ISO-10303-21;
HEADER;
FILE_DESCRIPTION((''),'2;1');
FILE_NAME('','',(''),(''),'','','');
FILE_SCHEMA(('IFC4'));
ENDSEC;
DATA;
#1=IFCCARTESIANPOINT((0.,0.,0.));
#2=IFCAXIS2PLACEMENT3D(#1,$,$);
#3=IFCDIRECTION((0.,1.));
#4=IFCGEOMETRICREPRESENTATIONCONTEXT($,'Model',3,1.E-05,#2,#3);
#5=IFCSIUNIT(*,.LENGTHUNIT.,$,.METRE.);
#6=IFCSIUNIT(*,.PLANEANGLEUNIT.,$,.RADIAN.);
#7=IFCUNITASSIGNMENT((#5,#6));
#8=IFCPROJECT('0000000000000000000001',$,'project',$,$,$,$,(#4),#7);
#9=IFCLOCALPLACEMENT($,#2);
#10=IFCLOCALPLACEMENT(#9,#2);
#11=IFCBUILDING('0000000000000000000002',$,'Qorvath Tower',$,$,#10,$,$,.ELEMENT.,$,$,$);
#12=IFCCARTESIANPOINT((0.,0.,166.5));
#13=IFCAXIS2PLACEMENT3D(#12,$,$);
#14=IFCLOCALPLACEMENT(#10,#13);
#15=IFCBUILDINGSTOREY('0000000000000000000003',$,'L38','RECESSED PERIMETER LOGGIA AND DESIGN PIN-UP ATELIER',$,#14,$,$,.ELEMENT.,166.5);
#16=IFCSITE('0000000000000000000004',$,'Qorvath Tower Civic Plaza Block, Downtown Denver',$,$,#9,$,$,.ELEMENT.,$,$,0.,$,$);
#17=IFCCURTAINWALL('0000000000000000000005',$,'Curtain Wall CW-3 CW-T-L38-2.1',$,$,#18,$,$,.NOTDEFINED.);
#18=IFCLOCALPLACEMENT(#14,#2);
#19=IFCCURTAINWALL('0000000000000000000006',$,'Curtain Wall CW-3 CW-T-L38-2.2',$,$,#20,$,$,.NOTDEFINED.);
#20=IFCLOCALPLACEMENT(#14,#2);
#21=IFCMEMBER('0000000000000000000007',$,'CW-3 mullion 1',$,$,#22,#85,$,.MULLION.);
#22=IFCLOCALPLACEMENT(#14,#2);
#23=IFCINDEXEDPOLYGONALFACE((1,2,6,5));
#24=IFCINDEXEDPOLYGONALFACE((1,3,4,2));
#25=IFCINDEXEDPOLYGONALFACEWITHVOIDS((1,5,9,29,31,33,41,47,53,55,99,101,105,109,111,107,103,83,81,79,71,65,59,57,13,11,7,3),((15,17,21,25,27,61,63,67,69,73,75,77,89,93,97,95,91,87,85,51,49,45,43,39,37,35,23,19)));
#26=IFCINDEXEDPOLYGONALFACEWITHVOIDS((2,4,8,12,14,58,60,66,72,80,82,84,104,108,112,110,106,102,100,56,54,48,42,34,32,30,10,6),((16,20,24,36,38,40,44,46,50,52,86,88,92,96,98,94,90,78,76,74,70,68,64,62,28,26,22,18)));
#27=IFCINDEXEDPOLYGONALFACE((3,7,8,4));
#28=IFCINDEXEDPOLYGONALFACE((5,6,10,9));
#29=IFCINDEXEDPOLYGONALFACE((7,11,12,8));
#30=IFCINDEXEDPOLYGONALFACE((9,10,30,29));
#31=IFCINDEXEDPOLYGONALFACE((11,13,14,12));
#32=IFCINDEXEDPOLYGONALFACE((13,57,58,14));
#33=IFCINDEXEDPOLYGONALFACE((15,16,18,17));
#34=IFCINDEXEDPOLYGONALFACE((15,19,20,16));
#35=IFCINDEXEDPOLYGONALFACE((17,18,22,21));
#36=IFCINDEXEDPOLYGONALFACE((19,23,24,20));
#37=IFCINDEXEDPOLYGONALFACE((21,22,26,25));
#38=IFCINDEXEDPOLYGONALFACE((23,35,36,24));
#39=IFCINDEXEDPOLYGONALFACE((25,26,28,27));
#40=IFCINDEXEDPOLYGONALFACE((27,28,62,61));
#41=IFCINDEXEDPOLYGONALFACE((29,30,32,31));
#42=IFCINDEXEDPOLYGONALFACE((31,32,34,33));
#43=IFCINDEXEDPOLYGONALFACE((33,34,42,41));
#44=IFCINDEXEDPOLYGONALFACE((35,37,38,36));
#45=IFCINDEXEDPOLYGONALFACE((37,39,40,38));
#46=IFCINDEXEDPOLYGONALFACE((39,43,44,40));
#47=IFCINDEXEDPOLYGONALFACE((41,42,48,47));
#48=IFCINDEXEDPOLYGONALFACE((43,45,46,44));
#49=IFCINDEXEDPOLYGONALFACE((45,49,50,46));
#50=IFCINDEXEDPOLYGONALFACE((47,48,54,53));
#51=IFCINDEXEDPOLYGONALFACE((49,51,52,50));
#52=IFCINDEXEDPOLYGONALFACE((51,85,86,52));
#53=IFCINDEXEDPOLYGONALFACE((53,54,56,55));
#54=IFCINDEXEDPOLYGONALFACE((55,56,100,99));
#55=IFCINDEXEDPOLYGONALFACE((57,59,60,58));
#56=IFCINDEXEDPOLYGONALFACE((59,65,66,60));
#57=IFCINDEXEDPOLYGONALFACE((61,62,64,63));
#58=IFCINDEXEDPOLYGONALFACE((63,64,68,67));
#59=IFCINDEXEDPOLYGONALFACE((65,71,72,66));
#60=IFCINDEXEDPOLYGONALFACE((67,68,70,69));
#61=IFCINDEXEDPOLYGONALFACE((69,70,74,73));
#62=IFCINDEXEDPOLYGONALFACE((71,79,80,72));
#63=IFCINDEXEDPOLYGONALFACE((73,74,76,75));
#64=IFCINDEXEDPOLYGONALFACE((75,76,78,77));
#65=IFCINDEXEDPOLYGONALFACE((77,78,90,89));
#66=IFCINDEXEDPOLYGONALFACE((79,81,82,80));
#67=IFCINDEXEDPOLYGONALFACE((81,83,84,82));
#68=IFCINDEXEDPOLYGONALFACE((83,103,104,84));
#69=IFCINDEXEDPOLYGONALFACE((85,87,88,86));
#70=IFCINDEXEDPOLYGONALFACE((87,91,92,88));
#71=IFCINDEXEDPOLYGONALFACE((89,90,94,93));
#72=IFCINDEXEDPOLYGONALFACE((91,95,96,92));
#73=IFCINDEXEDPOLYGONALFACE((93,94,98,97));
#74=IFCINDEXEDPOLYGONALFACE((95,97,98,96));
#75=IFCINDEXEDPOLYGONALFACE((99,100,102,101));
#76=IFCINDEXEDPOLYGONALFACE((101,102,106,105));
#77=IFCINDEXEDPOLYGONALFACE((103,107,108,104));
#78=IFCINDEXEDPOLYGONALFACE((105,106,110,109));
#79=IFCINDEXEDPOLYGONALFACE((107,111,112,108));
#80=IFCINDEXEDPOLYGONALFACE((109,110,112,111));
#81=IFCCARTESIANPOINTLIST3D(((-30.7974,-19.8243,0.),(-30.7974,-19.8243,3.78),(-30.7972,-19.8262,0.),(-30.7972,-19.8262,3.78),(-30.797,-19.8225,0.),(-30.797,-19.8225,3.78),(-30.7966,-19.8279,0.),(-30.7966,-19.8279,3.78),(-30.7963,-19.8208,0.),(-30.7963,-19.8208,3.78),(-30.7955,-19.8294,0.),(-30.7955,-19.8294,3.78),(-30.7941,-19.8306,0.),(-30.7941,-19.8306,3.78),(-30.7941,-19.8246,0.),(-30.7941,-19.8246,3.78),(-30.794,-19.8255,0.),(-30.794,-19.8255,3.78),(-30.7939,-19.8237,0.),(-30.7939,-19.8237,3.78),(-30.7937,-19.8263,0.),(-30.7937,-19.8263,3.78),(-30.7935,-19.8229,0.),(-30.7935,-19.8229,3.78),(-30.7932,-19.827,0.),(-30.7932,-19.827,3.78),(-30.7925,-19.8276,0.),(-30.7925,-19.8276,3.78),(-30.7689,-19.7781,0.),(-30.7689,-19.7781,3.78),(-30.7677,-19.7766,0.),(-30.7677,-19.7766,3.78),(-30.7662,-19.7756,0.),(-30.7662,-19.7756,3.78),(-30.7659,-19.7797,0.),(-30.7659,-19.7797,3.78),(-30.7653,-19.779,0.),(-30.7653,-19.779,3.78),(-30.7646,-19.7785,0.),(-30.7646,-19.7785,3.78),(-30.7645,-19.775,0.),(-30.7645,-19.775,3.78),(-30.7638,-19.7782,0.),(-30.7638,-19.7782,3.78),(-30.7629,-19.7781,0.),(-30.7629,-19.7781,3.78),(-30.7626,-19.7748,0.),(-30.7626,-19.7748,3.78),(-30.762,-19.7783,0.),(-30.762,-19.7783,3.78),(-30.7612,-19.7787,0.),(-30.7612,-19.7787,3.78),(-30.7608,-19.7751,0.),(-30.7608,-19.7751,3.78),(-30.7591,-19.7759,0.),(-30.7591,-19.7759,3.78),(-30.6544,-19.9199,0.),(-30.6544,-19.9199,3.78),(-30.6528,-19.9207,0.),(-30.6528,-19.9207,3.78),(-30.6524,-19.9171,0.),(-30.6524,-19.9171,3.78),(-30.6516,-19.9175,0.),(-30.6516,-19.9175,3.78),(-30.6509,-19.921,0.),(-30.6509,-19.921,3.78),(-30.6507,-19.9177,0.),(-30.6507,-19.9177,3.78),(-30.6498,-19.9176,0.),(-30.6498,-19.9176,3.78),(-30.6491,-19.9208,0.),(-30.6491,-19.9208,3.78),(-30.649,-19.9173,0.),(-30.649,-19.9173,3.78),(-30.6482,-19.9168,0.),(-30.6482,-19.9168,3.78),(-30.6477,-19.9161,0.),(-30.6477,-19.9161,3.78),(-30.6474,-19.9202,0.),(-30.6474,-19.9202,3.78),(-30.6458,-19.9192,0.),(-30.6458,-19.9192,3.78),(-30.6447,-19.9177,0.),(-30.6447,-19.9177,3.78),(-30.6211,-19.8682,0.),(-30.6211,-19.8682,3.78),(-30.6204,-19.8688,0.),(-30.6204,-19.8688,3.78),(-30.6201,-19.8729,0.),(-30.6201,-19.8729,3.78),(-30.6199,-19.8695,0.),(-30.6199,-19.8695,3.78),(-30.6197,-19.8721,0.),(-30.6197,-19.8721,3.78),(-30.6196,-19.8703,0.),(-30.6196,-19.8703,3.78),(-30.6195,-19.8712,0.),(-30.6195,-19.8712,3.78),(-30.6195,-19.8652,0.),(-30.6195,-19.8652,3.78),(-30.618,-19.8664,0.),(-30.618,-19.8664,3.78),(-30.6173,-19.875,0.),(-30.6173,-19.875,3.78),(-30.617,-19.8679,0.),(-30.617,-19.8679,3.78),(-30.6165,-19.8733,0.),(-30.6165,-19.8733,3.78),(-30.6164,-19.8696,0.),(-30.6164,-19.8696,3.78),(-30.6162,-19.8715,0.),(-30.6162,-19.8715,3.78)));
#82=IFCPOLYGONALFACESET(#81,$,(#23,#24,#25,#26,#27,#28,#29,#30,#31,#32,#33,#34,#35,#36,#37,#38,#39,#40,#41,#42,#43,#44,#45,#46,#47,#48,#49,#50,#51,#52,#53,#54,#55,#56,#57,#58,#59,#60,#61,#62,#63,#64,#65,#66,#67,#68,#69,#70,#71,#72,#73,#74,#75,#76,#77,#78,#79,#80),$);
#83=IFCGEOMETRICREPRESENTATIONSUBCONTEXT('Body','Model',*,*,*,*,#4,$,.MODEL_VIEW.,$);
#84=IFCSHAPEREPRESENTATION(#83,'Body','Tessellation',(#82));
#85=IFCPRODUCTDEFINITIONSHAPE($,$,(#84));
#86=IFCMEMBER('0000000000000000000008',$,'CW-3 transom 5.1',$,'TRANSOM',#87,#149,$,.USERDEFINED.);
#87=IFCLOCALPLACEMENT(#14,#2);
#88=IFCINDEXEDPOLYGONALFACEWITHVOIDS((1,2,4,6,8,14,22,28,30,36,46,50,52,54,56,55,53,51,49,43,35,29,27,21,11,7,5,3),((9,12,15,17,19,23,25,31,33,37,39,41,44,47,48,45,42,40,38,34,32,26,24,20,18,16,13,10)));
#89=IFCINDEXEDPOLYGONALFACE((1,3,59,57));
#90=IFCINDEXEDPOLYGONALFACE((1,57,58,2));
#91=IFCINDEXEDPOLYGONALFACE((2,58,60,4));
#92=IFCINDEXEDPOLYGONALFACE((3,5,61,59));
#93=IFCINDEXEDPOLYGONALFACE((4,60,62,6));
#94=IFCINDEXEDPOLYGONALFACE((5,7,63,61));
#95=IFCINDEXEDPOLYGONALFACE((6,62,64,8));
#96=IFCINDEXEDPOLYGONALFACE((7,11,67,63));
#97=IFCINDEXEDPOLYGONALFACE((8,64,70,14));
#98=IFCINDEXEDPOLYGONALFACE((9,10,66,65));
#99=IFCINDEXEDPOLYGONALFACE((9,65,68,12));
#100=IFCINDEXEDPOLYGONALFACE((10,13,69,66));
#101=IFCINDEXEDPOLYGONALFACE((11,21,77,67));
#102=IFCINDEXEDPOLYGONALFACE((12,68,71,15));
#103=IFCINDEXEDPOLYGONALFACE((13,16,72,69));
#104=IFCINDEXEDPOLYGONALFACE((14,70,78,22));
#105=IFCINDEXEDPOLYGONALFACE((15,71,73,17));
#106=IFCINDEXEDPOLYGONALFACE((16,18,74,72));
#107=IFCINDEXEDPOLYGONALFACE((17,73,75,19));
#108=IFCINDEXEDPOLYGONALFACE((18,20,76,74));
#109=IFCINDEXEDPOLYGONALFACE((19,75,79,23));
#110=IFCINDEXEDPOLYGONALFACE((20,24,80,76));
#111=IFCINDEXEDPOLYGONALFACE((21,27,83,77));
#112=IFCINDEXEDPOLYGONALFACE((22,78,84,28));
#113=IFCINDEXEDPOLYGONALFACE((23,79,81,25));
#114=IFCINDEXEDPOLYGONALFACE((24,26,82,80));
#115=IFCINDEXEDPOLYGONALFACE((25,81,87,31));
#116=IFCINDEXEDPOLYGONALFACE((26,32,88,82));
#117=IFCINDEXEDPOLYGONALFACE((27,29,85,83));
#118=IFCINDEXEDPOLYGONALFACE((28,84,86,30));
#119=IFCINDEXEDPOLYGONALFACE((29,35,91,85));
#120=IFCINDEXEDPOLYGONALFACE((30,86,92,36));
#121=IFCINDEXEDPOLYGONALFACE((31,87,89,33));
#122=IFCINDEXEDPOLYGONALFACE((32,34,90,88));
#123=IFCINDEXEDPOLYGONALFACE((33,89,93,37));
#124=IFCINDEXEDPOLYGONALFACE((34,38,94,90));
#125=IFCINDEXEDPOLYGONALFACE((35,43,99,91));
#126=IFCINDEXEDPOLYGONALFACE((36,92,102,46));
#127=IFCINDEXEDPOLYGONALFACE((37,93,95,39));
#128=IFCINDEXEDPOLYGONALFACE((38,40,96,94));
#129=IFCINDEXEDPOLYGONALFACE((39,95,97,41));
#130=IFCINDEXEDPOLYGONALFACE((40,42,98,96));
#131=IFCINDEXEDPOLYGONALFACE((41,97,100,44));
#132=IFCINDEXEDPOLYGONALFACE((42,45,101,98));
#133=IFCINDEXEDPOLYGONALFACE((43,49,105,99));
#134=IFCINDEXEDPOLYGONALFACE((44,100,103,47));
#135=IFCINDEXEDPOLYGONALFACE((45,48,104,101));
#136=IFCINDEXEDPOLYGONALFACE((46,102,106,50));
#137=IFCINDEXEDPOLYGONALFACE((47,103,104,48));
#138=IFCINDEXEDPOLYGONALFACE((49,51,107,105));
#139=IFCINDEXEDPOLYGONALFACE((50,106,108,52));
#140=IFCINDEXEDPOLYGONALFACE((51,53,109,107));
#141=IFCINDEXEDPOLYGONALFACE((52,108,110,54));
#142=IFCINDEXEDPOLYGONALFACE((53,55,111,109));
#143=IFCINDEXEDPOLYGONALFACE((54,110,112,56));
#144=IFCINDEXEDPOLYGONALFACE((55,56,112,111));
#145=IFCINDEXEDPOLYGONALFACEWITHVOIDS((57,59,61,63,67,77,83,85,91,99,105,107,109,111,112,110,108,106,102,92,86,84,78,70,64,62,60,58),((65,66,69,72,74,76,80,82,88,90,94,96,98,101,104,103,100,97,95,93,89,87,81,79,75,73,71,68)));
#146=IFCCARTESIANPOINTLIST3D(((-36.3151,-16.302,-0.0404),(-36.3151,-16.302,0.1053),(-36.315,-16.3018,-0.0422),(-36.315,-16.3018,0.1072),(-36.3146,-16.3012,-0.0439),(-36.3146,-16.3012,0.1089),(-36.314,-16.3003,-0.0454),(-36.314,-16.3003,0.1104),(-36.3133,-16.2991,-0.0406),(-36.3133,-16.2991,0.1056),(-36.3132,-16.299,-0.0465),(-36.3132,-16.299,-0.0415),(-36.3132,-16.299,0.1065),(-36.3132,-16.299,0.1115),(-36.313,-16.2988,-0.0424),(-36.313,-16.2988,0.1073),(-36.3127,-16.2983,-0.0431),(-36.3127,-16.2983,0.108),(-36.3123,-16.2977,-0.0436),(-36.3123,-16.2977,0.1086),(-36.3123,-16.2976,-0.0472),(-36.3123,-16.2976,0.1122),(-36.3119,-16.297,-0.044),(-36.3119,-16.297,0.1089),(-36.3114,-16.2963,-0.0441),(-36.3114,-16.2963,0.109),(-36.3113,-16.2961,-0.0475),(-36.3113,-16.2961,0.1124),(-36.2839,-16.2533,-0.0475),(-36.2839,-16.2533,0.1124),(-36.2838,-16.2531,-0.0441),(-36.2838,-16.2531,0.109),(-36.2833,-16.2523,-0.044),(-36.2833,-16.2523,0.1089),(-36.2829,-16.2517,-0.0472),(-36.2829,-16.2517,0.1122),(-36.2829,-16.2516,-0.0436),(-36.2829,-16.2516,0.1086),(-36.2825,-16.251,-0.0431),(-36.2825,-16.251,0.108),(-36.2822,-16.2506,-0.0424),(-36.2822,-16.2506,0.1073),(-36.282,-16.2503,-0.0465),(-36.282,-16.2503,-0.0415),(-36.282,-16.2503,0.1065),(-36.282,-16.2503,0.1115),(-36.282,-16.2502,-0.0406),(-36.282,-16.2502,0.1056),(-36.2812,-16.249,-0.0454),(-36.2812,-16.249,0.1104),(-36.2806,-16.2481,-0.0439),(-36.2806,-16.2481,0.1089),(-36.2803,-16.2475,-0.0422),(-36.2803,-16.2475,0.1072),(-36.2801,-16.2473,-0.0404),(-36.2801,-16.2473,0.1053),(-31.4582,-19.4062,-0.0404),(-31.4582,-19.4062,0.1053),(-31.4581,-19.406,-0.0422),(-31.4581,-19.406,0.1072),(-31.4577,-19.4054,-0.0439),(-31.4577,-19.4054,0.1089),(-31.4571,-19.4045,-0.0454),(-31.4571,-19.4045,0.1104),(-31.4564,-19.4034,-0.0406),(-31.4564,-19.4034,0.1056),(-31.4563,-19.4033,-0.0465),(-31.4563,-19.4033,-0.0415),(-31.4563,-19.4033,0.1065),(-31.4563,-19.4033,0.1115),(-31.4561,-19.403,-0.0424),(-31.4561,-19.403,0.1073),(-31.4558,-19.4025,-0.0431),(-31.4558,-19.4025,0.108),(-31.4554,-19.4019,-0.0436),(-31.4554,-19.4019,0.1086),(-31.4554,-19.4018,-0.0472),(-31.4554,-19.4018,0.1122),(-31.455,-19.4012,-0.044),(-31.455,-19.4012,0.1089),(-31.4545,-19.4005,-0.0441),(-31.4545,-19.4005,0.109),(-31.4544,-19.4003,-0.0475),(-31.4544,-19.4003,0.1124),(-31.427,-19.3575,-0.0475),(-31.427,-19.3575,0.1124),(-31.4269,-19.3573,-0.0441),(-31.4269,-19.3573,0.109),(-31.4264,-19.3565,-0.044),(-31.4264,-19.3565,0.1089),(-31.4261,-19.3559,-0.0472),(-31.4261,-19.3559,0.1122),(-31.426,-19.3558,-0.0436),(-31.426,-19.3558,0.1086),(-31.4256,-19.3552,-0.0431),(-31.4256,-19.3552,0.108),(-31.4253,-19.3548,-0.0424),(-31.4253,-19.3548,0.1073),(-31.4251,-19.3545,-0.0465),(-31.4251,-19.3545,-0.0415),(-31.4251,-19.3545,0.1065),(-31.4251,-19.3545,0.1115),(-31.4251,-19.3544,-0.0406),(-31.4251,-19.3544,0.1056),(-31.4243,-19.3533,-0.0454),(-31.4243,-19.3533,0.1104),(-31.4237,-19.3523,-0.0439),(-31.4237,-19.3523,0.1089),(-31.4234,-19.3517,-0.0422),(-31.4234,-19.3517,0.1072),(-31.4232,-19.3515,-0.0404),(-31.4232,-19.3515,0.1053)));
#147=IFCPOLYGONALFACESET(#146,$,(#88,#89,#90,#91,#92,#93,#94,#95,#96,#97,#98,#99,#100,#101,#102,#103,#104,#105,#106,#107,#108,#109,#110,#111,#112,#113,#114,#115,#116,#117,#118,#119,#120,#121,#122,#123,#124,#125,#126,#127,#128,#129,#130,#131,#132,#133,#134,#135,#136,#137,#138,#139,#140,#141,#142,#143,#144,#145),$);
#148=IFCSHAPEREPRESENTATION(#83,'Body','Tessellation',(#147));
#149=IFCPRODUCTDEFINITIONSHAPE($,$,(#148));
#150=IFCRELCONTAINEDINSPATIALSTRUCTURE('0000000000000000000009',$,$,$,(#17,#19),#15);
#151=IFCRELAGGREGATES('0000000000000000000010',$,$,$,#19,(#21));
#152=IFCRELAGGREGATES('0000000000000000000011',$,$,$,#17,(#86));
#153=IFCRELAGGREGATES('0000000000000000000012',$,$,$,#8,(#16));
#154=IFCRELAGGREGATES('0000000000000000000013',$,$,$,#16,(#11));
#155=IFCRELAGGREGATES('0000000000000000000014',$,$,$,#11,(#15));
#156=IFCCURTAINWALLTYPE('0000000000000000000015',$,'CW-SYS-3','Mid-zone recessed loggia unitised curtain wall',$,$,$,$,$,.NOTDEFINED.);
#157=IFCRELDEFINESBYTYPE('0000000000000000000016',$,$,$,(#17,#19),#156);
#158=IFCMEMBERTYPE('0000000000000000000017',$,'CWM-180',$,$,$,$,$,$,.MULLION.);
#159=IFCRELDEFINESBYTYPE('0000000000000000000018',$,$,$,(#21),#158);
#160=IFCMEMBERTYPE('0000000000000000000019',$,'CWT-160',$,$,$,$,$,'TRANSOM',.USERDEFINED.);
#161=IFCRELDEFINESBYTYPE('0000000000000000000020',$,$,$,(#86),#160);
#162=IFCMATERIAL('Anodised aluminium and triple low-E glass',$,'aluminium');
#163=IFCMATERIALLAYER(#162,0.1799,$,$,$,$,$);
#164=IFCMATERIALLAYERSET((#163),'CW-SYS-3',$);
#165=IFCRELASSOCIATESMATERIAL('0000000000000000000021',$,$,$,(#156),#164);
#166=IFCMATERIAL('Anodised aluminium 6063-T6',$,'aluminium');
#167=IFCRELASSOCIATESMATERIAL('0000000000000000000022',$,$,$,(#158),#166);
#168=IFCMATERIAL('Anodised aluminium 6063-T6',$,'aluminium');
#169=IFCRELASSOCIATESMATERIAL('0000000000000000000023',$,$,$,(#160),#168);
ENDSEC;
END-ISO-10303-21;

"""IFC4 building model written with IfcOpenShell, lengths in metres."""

from ifc_helpers import new_model, si_unit, direction, frame, origin, origin_2d, place, context, subcontext, project, spatial, hollow_rectangle, extrude, material, layer, layer_set, material_profile, profile_set, type_object, element, aggregate, save


model = new_model("IFC4")

# Units and contexts
model_context = context("Model", 3, precision=1e-05, world=origin(), true_north=direction((0.0, 1.0)))
body_context = subcontext(model_context, "Body", "Model", "MODEL_VIEW")
ifc_project = project(units=[si_unit("LENGTHUNIT", "METRE"), si_unit("PLANEANGLEUNIT", "RADIAN")], contexts=[model_context])

# Site, building, storey
site_placement = place(None, origin())
site = spatial("IfcSite", under=ifc_project, at=site_placement, Name="Qorvath Tower Civic Plaza Block, Downtown Denver", CompositionType="ELEMENT", RefElevation=0.0)
building_placement = place(site_placement, origin())
building = spatial("IfcBuilding", under=site, at=building_placement, Name="Qorvath Tower", CompositionType="ELEMENT")
storey_placement = place(building_placement, frame((0.0, 0.0, 166.5)))
storey = spatial("IfcBuildingStorey", under=building, at=storey_placement, Name="L38", Description="RECESSED PERIMETER LOGGIA AND DESIGN PIN-UP ATELIER", CompositionType="ELEMENT", Elevation=166.5)

# Curtain wall
ifc_material_1 = material(Name="Anodised aluminium and triple low-E glass", Category="aluminium")
ifc_layer_1 = layer(ifc_material_1, 0.1799)
ifc_layer_set_1 = layer_set([ifc_layer_1], Name="CW-SYS-3")
curtain_wall_type = type_object("IfcCurtainWallType", Name="CW-SYS-3", Description="Mid-zone recessed loggia unitised curtain wall", PredefinedType="NOTDEFINED", material=ifc_layer_set_1)
curtain_wall_1_placement = place(storey_placement, origin())
curtain_wall_1 = element("IfcCurtainWall", 1, at=curtain_wall_1_placement, inside=storey, type_object=curtain_wall_type, Name="Curtain Wall CW-3 CW-T-L38-2.1", PredefinedType="NOTDEFINED")
ifc_material_2 = material(Name="Anodised aluminium 6063-T6", Category="aluminium")
ifc_material_profile_1 = material_profile(ifc_material_2, hollow_rectangle(XDim=0.0649, YDim=0.1799, WallThickness=0.0034, InnerFilletRadius=0.0034, OuterFilletRadius=0.0071, at=origin_2d()), Name="CWM 180x65")
ifc_profile_set_1 = profile_set([ifc_material_profile_1], Name="Anodised aluminium 6063-T6")
member_type_1 = type_object("IfcMemberType", Name="CWM-180", PredefinedType="MULLION", material=ifc_profile_set_1)

# Curtain wall, member
curtain_wall_2_placement = place(storey_placement, origin())
curtain_wall_2 = element("IfcCurtainWall", 2, at=curtain_wall_2_placement, inside=storey, type_object=curtain_wall_type, Name="Curtain Wall CW-3 CW-T-L38-2.2", PredefinedType="NOTDEFINED")
member_1_placement = place(storey_placement, frame((-30.7068, -19.8479, 0.0), z_axis=(0.0, 0.0, 1.0), x_axis=(0.538534, 0.842604, 0.0)))
member_1 = element("IfcMember", 3, at=member_1_placement, type_object=member_type_1, Name="CW-3 mullion 1", PredefinedType="MULLION", context=body_context, shape_type="SweptSolid", body=[
    extrude(hollow_rectangle(XDim=0.0649, YDim=0.1799, WallThickness=0.0034, InnerFilletRadius=0.0034, OuterFilletRadius=0.0071, at=origin_2d()), origin(), (0.0, 0.0, 1.0), 3.78),
])
aggregate(curtain_wall_2, [member_1])

# Member
ifc_material_3 = material(Name="Anodised aluminium 6063-T6", Category="aluminium")
ifc_material_profile_2 = material_profile(ifc_material_3, hollow_rectangle(XDim=0.0649, YDim=0.1599, WallThickness=0.0034, InnerFilletRadius=0.0034, OuterFilletRadius=0.0071, at=origin_2d()), Name="CWT 160x65")
ifc_profile_set_2 = profile_set([ifc_material_profile_2], Name="Anodised aluminium 6063-T6")
member_type_2 = type_object("IfcMemberType", Name="CWT-160", ElementType="TRANSOM", PredefinedType="USERDEFINED", material=ifc_profile_set_2)
member_2_placement = place(storey_placement, frame((-36.2976, -16.2747, 0.0325), z_axis=(0.842601, -0.538538, 0.0), x_axis=(0.538538, 0.842601, 0.0)))
member_2 = element("IfcMember", 4, at=member_2_placement, type_object=member_type_2, Name="CW-3 transom 5.1", ObjectType="TRANSOM", PredefinedType="USERDEFINED", context=body_context, shape_type="SweptSolid", body=[
    extrude(hollow_rectangle(XDim=0.0649, YDim=0.1599, WallThickness=0.0034, InnerFilletRadius=0.0034, OuterFilletRadius=0.0071, at=origin_2d()), origin(), (0.0, 0.0, 1.0), 5.7642),
])

aggregate(curtain_wall_1, [member_2])

save(model, "model.ifc")
